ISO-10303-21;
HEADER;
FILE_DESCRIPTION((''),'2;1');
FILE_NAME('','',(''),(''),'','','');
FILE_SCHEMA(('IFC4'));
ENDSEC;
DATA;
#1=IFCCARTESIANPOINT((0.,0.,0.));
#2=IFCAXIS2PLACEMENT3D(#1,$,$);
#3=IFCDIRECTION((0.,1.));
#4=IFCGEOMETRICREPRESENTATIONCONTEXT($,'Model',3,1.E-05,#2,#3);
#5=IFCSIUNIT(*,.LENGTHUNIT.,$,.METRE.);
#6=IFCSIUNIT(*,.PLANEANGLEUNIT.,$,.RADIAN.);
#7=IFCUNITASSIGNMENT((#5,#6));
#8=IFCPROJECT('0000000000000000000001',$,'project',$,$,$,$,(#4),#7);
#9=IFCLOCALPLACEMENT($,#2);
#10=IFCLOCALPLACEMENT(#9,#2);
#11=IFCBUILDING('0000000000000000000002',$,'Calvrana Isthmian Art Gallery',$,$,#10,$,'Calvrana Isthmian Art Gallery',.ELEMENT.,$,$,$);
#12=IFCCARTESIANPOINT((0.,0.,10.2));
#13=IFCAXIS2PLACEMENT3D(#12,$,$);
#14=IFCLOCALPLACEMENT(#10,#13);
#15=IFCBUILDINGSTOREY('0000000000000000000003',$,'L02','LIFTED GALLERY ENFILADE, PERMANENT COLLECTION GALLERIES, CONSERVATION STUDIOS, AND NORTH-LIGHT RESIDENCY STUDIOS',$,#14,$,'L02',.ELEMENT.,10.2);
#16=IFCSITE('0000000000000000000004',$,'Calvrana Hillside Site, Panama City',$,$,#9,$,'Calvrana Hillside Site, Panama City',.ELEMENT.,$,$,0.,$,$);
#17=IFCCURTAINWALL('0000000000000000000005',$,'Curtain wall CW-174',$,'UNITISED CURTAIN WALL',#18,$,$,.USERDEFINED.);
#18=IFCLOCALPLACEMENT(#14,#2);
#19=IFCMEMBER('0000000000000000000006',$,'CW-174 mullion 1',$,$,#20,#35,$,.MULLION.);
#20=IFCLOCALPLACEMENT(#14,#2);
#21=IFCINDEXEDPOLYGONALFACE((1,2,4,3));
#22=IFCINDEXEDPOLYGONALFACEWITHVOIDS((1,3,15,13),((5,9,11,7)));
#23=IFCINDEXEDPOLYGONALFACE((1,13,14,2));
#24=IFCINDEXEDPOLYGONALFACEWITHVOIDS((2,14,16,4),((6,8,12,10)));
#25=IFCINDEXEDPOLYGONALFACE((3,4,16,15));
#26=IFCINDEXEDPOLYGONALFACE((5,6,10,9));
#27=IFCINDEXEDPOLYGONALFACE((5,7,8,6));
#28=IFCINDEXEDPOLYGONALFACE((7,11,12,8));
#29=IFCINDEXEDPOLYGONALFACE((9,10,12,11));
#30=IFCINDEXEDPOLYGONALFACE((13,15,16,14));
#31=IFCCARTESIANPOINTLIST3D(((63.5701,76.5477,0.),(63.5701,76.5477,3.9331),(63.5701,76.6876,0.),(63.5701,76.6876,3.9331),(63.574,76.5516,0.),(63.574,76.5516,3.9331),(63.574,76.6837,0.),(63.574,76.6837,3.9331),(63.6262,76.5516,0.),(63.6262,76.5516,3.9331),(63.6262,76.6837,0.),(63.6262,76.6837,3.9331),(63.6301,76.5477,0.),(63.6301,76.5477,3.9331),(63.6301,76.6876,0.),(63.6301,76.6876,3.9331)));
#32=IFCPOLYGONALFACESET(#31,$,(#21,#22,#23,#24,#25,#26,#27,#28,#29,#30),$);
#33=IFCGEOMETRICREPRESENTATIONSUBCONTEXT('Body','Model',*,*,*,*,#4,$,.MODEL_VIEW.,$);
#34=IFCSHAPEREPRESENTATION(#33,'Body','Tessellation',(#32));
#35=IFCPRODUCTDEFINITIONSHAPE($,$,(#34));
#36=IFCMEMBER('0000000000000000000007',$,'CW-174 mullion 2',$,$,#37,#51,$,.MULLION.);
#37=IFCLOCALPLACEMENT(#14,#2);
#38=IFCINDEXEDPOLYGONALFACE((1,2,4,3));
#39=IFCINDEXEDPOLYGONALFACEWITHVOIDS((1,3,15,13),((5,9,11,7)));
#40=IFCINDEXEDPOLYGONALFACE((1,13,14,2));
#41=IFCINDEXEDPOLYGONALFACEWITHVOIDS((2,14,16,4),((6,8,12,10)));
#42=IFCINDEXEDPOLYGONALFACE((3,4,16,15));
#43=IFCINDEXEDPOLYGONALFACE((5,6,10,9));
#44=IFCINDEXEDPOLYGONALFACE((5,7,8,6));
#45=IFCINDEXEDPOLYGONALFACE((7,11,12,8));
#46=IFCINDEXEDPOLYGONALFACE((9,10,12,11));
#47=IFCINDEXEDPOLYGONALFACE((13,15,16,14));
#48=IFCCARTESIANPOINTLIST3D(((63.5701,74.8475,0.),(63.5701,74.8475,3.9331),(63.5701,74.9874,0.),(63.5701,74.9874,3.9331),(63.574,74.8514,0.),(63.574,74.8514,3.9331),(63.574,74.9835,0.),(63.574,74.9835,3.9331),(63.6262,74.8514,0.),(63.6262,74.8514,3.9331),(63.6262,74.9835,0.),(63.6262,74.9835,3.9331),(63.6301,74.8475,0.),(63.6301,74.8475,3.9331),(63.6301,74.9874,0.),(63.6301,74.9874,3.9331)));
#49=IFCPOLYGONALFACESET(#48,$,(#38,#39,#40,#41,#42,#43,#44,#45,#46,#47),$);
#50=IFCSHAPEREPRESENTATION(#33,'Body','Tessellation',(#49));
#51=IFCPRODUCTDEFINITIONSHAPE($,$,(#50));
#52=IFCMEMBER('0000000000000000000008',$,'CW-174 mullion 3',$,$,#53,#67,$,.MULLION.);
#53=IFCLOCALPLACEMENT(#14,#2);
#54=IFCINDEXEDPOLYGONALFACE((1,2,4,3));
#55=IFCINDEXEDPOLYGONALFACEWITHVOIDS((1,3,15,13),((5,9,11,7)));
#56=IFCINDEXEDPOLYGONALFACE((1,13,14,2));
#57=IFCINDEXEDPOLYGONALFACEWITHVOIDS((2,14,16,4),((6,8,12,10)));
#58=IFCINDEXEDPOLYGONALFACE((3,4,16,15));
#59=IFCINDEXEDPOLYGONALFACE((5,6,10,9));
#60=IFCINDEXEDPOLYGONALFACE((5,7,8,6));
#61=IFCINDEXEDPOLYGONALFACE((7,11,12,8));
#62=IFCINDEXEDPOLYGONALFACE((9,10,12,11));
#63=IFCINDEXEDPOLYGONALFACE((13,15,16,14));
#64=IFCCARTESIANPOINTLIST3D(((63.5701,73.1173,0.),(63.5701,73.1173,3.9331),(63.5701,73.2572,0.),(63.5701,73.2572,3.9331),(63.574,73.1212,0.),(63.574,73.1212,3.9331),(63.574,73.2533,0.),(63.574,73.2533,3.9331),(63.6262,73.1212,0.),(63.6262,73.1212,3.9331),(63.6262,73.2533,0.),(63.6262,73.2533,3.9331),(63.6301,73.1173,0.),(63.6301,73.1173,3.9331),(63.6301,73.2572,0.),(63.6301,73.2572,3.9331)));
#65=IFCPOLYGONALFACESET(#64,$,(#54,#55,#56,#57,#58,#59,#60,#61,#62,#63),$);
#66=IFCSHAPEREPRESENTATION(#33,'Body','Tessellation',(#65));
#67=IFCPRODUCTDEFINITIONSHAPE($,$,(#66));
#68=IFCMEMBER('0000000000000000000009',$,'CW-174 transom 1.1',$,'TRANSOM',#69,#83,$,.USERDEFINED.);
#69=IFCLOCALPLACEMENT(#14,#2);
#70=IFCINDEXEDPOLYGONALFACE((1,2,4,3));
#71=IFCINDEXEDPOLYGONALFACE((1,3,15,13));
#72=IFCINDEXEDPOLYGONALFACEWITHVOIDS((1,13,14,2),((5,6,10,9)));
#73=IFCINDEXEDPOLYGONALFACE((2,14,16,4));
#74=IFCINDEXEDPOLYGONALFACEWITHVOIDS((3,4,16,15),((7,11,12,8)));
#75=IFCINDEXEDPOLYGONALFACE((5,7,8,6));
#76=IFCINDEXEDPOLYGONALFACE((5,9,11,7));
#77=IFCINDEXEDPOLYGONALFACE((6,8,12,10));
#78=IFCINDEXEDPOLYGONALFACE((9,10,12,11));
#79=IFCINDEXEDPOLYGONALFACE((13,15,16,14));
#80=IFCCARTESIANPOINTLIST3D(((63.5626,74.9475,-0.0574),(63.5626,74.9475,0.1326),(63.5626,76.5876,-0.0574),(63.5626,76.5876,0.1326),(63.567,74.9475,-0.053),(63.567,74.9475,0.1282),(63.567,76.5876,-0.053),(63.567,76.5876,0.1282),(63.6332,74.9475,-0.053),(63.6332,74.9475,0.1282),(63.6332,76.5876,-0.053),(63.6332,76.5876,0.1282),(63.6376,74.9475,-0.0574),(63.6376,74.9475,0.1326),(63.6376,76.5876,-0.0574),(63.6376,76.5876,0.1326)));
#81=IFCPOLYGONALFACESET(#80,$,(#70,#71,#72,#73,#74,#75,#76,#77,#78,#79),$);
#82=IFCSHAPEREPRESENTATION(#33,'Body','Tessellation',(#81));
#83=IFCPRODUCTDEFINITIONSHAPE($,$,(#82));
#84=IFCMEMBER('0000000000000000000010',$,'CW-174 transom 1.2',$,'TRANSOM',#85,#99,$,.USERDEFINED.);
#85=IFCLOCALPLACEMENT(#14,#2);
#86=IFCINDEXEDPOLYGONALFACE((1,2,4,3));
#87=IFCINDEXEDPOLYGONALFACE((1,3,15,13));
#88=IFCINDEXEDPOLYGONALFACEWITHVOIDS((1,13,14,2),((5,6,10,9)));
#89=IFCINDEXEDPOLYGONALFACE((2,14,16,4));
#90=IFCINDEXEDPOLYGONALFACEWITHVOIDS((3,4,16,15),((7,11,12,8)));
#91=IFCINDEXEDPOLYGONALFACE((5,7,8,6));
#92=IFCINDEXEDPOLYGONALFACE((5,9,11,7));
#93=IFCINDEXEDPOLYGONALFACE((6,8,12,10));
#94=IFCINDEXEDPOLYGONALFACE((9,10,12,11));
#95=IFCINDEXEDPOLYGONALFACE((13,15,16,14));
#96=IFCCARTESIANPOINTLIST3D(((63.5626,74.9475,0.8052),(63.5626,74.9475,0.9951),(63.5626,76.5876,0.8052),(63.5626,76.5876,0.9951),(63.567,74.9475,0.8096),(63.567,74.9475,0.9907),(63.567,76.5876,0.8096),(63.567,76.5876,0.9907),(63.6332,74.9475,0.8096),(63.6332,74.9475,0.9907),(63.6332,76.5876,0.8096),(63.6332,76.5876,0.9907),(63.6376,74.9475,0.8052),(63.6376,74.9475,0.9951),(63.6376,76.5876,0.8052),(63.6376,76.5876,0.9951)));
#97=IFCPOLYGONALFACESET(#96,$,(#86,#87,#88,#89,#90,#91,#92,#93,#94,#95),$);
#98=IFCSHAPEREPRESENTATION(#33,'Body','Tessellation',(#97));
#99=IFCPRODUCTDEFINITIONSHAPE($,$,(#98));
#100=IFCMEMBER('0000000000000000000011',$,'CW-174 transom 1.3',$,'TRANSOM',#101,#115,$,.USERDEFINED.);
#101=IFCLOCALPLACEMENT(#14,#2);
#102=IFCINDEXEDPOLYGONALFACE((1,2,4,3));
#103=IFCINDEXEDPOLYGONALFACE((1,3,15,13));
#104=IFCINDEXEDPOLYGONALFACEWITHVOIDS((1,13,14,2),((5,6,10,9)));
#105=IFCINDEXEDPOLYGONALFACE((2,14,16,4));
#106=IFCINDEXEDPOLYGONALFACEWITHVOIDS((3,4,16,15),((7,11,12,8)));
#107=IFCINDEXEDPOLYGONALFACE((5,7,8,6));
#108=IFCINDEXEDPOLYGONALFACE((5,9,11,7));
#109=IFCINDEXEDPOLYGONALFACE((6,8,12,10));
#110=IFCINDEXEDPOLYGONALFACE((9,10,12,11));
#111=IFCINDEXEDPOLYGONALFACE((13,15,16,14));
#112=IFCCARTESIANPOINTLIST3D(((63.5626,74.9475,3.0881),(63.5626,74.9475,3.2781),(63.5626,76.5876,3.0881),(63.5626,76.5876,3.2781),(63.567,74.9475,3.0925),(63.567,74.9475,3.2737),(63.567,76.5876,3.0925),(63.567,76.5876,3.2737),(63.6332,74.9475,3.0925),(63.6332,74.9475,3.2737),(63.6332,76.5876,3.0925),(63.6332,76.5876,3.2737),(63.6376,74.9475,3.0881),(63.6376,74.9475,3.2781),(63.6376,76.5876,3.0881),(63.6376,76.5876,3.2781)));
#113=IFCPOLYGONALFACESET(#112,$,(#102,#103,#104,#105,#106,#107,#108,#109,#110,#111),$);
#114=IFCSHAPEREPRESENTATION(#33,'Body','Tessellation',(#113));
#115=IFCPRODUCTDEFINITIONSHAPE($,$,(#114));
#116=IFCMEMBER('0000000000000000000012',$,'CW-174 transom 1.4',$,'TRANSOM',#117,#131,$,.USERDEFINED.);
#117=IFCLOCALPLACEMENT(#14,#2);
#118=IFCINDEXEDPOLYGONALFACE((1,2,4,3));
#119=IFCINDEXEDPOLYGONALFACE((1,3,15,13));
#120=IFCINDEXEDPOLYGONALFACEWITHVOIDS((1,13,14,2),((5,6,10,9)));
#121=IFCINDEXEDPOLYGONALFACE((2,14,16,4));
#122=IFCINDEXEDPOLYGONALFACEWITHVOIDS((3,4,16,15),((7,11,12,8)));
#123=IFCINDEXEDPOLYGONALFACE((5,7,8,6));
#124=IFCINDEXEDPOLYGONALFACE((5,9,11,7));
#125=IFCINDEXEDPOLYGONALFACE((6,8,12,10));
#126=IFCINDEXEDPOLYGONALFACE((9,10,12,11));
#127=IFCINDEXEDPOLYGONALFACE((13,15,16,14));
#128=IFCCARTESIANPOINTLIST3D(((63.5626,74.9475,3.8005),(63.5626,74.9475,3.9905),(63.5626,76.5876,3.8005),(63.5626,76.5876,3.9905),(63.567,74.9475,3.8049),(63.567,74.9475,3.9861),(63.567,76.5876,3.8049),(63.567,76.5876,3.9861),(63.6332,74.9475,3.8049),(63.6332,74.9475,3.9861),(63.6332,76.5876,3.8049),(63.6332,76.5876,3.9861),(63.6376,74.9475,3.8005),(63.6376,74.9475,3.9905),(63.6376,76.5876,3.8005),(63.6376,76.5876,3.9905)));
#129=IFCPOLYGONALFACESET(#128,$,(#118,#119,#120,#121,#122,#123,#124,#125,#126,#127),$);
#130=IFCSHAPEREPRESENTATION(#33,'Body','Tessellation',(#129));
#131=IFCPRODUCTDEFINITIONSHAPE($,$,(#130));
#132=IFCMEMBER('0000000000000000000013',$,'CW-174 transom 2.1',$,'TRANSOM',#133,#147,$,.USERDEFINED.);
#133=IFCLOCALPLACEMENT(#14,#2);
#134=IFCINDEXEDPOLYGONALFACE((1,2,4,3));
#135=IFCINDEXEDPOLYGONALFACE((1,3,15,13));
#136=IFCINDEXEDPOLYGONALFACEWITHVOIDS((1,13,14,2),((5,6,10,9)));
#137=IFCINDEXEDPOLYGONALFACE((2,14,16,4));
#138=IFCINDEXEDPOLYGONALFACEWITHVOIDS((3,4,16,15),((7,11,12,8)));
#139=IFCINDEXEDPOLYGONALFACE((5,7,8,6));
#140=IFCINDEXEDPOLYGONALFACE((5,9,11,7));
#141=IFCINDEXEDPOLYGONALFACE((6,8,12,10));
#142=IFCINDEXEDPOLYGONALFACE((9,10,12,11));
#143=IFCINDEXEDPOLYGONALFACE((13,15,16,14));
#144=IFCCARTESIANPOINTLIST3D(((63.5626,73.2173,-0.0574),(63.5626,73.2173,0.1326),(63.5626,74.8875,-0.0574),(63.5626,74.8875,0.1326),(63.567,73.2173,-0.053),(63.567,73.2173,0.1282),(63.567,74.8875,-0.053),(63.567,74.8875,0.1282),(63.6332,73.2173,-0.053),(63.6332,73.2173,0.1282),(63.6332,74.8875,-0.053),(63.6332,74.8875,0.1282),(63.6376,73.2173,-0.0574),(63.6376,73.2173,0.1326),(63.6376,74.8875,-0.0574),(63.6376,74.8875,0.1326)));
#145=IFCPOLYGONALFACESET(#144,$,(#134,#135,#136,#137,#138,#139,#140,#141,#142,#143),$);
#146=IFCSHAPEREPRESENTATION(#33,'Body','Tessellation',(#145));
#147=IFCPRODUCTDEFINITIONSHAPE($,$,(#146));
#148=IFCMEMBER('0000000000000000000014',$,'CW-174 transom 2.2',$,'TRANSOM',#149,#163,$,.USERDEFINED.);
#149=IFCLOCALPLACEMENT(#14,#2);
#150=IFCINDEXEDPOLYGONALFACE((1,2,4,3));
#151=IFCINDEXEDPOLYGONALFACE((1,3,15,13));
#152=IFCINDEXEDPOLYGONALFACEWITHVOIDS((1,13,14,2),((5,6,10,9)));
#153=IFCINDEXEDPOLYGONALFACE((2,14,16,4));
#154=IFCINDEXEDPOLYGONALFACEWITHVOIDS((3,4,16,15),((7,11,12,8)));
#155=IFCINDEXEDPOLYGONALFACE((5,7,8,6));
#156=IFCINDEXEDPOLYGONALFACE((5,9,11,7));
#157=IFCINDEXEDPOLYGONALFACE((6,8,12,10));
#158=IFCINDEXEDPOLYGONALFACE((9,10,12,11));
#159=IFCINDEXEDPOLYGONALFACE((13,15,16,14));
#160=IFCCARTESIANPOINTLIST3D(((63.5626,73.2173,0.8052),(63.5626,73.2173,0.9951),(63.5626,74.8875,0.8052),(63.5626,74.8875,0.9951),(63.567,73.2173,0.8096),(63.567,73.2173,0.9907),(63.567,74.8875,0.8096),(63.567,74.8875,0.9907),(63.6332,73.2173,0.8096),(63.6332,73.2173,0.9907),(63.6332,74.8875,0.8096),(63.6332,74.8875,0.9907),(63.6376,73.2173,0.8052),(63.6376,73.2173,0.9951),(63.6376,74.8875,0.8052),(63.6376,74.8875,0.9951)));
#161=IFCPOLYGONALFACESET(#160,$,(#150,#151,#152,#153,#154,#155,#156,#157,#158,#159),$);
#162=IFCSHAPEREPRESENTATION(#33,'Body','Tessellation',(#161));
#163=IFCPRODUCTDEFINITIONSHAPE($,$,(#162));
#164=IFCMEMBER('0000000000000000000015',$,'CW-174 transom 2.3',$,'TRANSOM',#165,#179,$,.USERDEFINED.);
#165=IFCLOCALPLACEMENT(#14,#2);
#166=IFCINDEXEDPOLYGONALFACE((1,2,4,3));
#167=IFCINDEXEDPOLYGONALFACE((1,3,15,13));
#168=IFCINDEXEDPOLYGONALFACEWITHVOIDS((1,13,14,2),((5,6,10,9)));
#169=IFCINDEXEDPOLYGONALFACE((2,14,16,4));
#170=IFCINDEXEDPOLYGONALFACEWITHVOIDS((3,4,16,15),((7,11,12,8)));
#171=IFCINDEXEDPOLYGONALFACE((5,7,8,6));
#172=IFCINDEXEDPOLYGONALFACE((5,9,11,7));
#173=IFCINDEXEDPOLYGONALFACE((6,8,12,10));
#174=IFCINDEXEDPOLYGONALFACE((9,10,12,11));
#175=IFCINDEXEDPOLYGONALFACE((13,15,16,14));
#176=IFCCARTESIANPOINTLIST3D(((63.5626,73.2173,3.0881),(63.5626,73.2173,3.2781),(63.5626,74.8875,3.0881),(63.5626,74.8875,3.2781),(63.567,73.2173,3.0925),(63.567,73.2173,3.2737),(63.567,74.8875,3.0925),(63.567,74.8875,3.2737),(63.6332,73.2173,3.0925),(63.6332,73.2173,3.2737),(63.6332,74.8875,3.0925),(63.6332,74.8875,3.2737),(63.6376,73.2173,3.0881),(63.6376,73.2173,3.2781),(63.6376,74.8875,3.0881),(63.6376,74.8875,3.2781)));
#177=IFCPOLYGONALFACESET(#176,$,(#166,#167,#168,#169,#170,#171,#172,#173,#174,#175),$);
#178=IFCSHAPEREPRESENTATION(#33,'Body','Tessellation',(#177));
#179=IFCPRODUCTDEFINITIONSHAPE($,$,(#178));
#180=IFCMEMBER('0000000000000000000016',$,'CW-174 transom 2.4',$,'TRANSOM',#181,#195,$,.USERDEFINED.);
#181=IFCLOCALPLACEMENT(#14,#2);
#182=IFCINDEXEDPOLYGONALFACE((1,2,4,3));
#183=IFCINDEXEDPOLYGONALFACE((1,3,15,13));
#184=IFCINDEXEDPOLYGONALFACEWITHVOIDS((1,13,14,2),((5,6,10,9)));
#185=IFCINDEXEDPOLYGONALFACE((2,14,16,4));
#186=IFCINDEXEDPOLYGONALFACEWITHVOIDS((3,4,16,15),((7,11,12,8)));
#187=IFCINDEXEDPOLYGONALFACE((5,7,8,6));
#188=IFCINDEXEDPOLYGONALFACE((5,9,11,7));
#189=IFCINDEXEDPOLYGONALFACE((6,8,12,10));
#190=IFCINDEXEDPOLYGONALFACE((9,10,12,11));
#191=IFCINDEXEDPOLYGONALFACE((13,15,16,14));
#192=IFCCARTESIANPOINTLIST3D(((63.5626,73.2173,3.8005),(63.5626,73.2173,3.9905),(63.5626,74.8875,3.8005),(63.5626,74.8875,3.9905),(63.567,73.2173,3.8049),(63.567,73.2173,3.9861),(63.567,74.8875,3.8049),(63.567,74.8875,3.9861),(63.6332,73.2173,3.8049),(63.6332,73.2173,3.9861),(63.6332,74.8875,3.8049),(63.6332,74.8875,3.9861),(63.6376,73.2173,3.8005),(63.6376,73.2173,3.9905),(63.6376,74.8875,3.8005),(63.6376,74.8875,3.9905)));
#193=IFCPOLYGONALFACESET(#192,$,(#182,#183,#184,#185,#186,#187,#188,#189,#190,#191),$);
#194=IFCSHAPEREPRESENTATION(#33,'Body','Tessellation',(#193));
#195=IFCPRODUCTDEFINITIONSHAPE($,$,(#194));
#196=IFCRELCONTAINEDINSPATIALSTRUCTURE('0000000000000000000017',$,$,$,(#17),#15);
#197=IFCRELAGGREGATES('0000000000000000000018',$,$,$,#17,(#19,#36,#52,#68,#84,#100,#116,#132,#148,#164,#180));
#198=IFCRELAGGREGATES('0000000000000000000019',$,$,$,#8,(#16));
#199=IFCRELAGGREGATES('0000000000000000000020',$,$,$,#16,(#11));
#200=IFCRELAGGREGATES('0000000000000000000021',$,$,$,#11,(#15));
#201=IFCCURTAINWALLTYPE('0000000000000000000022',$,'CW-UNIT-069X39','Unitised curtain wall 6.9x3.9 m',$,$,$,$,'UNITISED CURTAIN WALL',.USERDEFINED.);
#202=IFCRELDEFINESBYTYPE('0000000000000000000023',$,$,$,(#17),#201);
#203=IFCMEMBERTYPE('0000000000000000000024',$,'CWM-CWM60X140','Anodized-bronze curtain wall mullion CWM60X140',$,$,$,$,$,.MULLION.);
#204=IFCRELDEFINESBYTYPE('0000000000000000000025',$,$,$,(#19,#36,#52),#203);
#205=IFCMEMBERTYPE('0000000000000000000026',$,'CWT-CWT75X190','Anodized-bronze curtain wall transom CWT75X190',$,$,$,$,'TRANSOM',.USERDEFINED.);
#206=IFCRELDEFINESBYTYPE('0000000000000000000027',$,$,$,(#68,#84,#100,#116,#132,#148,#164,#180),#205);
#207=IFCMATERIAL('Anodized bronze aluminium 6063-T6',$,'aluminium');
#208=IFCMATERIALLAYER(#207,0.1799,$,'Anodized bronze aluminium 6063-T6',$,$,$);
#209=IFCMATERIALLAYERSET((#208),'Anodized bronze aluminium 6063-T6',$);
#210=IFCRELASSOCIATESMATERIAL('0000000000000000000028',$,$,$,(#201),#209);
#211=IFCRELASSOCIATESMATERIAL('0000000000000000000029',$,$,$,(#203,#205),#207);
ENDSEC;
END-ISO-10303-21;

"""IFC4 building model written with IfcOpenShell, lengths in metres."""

from ifc_helpers import new_model, si_unit, direction, frame, origin, origin_2d, place, context, subcontext, project, spatial, hollow_rectangle, extrude, material, layer, layer_set, material_profile, profile_set, type_object, element, aggregate, save


model = new_model("IFC4")

# Units and contexts
model_context = context("Model", 3, precision=1e-05, world=origin(), true_north=direction((0.0, 1.0)))
body_context = subcontext(model_context, "Body", "Model", "MODEL_VIEW")
ifc_project = project(units=[si_unit("LENGTHUNIT", "METRE"), si_unit("PLANEANGLEUNIT", "RADIAN")], contexts=[model_context])

# Site, building, storey
site_placement = place(None, origin())
site = spatial("IfcSite", under=ifc_project, at=site_placement, Name="Calvrana Hillside Site, Panama City", LongName="Calvrana Hillside Site, Panama City", CompositionType="ELEMENT", RefElevation=0.0)
building_placement = place(site_placement, origin())
building = spatial("IfcBuilding", under=site, at=building_placement, Name="Calvrana Isthmian Art Gallery", LongName="Calvrana Isthmian Art Gallery", CompositionType="ELEMENT")
storey_placement = place(building_placement, frame((0.0, 0.0, 10.2)))
storey = spatial("IfcBuildingStorey", under=building, at=storey_placement, Name="L02", Description="LIFTED GALLERY ENFILADE, PERMANENT COLLECTION GALLERIES, CONSERVATION STUDIOS, AND NORTH-LIGHT RESIDENCY STUDIOS", LongName="L02", CompositionType="ELEMENT", Elevation=10.2)

# Curtain wall, members
ifc_material_1 = material(Name="Anodized bronze aluminium 6063-T6", Category="aluminium")
ifc_layer_1 = layer(ifc_material_1, 0.1799, Name="Anodized bronze aluminium 6063-T6")
ifc_layer_set_1 = layer_set([ifc_layer_1], Name="Anodized bronze aluminium 6063-T6")
curtain_wall_type = type_object("IfcCurtainWallType", Name="CW-UNIT-069X39", Description="Unitised curtain wall 6.9x3.9 m", ElementType="UNITISED CURTAIN WALL", PredefinedType="USERDEFINED", material=ifc_layer_set_1)
curtain_wall_placement = place(storey_placement, origin())
curtain_wall = element("IfcCurtainWall", 1, at=curtain_wall_placement, inside=storey, type_object=curtain_wall_type, Name="Curtain wall CW-174", ObjectType="UNITISED CURTAIN WALL", PredefinedType="USERDEFINED")
ifc_material_profile_1 = material_profile(ifc_material_1, hollow_rectangle(XDim=0.0601, YDim=0.1399, WallThickness=0.0039, at=origin_2d()), Name="CWM60X140")
ifc_profile_set_1 = profile_set([ifc_material_profile_1], Name="Anodized bronze aluminium 6063-T6")
member_type_1 = type_object("IfcMemberType", Name="CWM-CWM60X140", Description="Anodized-bronze curtain wall mullion CWM60X140", PredefinedType="MULLION", material=ifc_profile_set_1)
member_1_placement = place(storey_placement, frame((63.6001, 76.6177, 0.0), z_axis=(0.0, 0.0, 1.0), x_axis=(1.0, 0.0, 0.0)))
member_1 = element("IfcMember", 2, at=member_1_placement, type_object=member_type_1, Name="CW-174 mullion 1", PredefinedType="MULLION", context=body_context, shape_type="SweptSolid", body=[
    extrude(hollow_rectangle(XDim=0.0601, YDim=0.1399, WallThickness=0.0039, at=origin_2d()), origin(), (0.0, 0.0, 1.0), 3.9331),
])
member_2_placement = place(storey_placement, frame((63.6001, 74.9175, 0.0), z_axis=(0.0, 0.0, 1.0), x_axis=(1.0, 0.0, 0.0)))
member_2 = element("IfcMember", 3, at=member_2_placement, type_object=member_type_1, Name="CW-174 mullion 2", PredefinedType="MULLION", context=body_context, shape_type="SweptSolid", body=[
    extrude(hollow_rectangle(XDim=0.0601, YDim=0.1399, WallThickness=0.0039, at=origin_2d()), origin(), (0.0, 0.0, 1.0), 3.9331),
])
member_3_placement = place(storey_placement, frame((63.6001, 73.1873, 0.0), z_axis=(0.0, 0.0, 1.0), x_axis=(1.0, 0.0, 0.0)))
member_3 = element("IfcMember", 4, at=member_3_placement, type_object=member_type_1, Name="CW-174 mullion 3", PredefinedType="MULLION", context=body_context, shape_type="SweptSolid", body=[
    extrude(hollow_rectangle(XDim=0.0601, YDim=0.1399, WallThickness=0.0039, at=origin_2d()), origin(), (0.0, 0.0, 1.0), 3.9331),
])
ifc_material_profile_2 = material_profile(ifc_material_1, hollow_rectangle(XDim=0.075, YDim=0.1899, WallThickness=0.0044, at=origin_2d()), Name="CWT75X190")
ifc_profile_set_2 = profile_set([ifc_material_profile_2], Name="Anodized bronze aluminium 6063-T6")
member_type_2 = type_object("IfcMemberType", Name="CWT-CWT75X190", Description="Anodized-bronze curtain wall transom CWT75X190", ElementType="TRANSOM", PredefinedType="USERDEFINED", material=ifc_profile_set_2)
member_4_placement = place(storey_placement, frame((63.6001, 76.5876, 0.0376), z_axis=(0.0, -1.0, 0.0), x_axis=(1.0, 0.0, 0.0)))
member_4 = element("IfcMember", 5, at=member_4_placement, type_object=member_type_2, Name="CW-174 transom 1.1", ObjectType="TRANSOM", PredefinedType="USERDEFINED", context=body_context, shape_type="SweptSolid", body=[
    extrude(hollow_rectangle(XDim=0.075, YDim=0.1899, WallThickness=0.0044, at=origin_2d()), origin(), (0.0, 0.0, 1.0), 1.6401),
])
member_5_placement = place(storey_placement, frame((63.6001, 76.5876, 0.9001), z_axis=(0.0, -1.0, 0.0), x_axis=(1.0, 0.0, 0.0)))
member_5 = element("IfcMember", 6, at=member_5_placement, type_object=member_type_2, Name="CW-174 transom 1.2", ObjectType="TRANSOM", PredefinedType="USERDEFINED", context=body_context, shape_type="SweptSolid", body=[
    extrude(hollow_rectangle(XDim=0.075, YDim=0.1899, WallThickness=0.0044, at=origin_2d()), origin(), (0.0, 0.0, 1.0), 1.6401),
])
member_6_placement = place(storey_placement, frame((63.6001, 76.5876, 3.1831), z_axis=(0.0, -1.0, 0.0), x_axis=(1.0, 0.0, 0.0)))
member_6 = element("IfcMember", 7, at=member_6_placement, type_object=member_type_2, Name="CW-174 transom 1.3", ObjectType="TRANSOM", PredefinedType="USERDEFINED", context=body_context, shape_type="SweptSolid", body=[
    extrude(hollow_rectangle(XDim=0.075, YDim=0.1899, WallThickness=0.0044, at=origin_2d()), origin(), (0.0, 0.0, 1.0), 1.6401),
])
member_7_placement = place(storey_placement, frame((63.6001, 76.5876, 3.8955), z_axis=(0.0, -1.0, 0.0), x_axis=(1.0, 0.0, 0.0)))
member_7 = element("IfcMember", 8, at=member_7_placement, type_object=member_type_2, Name="CW-174 transom 1.4", ObjectType="TRANSOM", PredefinedType="USERDEFINED", context=body_context, shape_type="SweptSolid", body=[
    extrude(hollow_rectangle(XDim=0.075, YDim=0.1899, WallThickness=0.0044, at=origin_2d()), origin(), (0.0, 0.0, 1.0), 1.6401),
])
member_8_placement = place(storey_placement, frame((63.6001, 74.8875, 0.0376), z_axis=(0.0, -1.0, 0.0), x_axis=(1.0, 0.0, 0.0)))
member_8 = element("IfcMember", 9, at=member_8_placement, type_object=member_type_2, Name="CW-174 transom 2.1", ObjectType="TRANSOM", PredefinedType="USERDEFINED", context=body_context, shape_type="SweptSolid", body=[
    extrude(hollow_rectangle(XDim=0.075, YDim=0.1899, WallThickness=0.0044, at=origin_2d()), origin(), (0.0, 0.0, 1.0), 1.6702),
])
member_9_placement = place(storey_placement, frame((63.6001, 74.8875, 0.9001), z_axis=(0.0, -1.0, 0.0), x_axis=(1.0, 0.0, 0.0)))
member_9 = element("IfcMember", 10, at=member_9_placement, type_object=member_type_2, Name="CW-174 transom 2.2", ObjectType="TRANSOM", PredefinedType="USERDEFINED", context=body_context, shape_type="SweptSolid", body=[
    extrude(hollow_rectangle(XDim=0.075, YDim=0.1899, WallThickness=0.0044, at=origin_2d()), origin(), (0.0, 0.0, 1.0), 1.6702),
])
member_10_placement = place(storey_placement, frame((63.6001, 74.8875, 3.1831), z_axis=(0.0, -1.0, 0.0), x_axis=(1.0, 0.0, 0.0)))
member_10 = element("IfcMember", 11, at=member_10_placement, type_object=member_type_2, Name="CW-174 transom 2.3", ObjectType="TRANSOM", PredefinedType="USERDEFINED", context=body_context, shape_type="SweptSolid", body=[
    extrude(hollow_rectangle(XDim=0.075, YDim=0.1899, WallThickness=0.0044, at=origin_2d()), origin(), (0.0, 0.0, 1.0), 1.6702),
])
member_11_placement = place(storey_placement, frame((63.6001, 74.8875, 3.8955), z_axis=(0.0, -1.0, 0.0), x_axis=(1.0, 0.0, 0.0)))
member_11 = element("IfcMember", 12, at=member_11_placement, type_object=member_type_2, Name="CW-174 transom 2.4", ObjectType="TRANSOM", PredefinedType="USERDEFINED", context=body_context, shape_type="SweptSolid", body=[
    extrude(hollow_rectangle(XDim=0.075, YDim=0.1899, WallThickness=0.0044, at=origin_2d()), origin(), (0.0, 0.0, 1.0), 1.6702),
])
aggregate(curtain_wall, [member_1, member_2, member_3, member_4, member_5, member_6, member_7, member_8, member_9, member_10, member_11])

save(model, "model.ifc")
